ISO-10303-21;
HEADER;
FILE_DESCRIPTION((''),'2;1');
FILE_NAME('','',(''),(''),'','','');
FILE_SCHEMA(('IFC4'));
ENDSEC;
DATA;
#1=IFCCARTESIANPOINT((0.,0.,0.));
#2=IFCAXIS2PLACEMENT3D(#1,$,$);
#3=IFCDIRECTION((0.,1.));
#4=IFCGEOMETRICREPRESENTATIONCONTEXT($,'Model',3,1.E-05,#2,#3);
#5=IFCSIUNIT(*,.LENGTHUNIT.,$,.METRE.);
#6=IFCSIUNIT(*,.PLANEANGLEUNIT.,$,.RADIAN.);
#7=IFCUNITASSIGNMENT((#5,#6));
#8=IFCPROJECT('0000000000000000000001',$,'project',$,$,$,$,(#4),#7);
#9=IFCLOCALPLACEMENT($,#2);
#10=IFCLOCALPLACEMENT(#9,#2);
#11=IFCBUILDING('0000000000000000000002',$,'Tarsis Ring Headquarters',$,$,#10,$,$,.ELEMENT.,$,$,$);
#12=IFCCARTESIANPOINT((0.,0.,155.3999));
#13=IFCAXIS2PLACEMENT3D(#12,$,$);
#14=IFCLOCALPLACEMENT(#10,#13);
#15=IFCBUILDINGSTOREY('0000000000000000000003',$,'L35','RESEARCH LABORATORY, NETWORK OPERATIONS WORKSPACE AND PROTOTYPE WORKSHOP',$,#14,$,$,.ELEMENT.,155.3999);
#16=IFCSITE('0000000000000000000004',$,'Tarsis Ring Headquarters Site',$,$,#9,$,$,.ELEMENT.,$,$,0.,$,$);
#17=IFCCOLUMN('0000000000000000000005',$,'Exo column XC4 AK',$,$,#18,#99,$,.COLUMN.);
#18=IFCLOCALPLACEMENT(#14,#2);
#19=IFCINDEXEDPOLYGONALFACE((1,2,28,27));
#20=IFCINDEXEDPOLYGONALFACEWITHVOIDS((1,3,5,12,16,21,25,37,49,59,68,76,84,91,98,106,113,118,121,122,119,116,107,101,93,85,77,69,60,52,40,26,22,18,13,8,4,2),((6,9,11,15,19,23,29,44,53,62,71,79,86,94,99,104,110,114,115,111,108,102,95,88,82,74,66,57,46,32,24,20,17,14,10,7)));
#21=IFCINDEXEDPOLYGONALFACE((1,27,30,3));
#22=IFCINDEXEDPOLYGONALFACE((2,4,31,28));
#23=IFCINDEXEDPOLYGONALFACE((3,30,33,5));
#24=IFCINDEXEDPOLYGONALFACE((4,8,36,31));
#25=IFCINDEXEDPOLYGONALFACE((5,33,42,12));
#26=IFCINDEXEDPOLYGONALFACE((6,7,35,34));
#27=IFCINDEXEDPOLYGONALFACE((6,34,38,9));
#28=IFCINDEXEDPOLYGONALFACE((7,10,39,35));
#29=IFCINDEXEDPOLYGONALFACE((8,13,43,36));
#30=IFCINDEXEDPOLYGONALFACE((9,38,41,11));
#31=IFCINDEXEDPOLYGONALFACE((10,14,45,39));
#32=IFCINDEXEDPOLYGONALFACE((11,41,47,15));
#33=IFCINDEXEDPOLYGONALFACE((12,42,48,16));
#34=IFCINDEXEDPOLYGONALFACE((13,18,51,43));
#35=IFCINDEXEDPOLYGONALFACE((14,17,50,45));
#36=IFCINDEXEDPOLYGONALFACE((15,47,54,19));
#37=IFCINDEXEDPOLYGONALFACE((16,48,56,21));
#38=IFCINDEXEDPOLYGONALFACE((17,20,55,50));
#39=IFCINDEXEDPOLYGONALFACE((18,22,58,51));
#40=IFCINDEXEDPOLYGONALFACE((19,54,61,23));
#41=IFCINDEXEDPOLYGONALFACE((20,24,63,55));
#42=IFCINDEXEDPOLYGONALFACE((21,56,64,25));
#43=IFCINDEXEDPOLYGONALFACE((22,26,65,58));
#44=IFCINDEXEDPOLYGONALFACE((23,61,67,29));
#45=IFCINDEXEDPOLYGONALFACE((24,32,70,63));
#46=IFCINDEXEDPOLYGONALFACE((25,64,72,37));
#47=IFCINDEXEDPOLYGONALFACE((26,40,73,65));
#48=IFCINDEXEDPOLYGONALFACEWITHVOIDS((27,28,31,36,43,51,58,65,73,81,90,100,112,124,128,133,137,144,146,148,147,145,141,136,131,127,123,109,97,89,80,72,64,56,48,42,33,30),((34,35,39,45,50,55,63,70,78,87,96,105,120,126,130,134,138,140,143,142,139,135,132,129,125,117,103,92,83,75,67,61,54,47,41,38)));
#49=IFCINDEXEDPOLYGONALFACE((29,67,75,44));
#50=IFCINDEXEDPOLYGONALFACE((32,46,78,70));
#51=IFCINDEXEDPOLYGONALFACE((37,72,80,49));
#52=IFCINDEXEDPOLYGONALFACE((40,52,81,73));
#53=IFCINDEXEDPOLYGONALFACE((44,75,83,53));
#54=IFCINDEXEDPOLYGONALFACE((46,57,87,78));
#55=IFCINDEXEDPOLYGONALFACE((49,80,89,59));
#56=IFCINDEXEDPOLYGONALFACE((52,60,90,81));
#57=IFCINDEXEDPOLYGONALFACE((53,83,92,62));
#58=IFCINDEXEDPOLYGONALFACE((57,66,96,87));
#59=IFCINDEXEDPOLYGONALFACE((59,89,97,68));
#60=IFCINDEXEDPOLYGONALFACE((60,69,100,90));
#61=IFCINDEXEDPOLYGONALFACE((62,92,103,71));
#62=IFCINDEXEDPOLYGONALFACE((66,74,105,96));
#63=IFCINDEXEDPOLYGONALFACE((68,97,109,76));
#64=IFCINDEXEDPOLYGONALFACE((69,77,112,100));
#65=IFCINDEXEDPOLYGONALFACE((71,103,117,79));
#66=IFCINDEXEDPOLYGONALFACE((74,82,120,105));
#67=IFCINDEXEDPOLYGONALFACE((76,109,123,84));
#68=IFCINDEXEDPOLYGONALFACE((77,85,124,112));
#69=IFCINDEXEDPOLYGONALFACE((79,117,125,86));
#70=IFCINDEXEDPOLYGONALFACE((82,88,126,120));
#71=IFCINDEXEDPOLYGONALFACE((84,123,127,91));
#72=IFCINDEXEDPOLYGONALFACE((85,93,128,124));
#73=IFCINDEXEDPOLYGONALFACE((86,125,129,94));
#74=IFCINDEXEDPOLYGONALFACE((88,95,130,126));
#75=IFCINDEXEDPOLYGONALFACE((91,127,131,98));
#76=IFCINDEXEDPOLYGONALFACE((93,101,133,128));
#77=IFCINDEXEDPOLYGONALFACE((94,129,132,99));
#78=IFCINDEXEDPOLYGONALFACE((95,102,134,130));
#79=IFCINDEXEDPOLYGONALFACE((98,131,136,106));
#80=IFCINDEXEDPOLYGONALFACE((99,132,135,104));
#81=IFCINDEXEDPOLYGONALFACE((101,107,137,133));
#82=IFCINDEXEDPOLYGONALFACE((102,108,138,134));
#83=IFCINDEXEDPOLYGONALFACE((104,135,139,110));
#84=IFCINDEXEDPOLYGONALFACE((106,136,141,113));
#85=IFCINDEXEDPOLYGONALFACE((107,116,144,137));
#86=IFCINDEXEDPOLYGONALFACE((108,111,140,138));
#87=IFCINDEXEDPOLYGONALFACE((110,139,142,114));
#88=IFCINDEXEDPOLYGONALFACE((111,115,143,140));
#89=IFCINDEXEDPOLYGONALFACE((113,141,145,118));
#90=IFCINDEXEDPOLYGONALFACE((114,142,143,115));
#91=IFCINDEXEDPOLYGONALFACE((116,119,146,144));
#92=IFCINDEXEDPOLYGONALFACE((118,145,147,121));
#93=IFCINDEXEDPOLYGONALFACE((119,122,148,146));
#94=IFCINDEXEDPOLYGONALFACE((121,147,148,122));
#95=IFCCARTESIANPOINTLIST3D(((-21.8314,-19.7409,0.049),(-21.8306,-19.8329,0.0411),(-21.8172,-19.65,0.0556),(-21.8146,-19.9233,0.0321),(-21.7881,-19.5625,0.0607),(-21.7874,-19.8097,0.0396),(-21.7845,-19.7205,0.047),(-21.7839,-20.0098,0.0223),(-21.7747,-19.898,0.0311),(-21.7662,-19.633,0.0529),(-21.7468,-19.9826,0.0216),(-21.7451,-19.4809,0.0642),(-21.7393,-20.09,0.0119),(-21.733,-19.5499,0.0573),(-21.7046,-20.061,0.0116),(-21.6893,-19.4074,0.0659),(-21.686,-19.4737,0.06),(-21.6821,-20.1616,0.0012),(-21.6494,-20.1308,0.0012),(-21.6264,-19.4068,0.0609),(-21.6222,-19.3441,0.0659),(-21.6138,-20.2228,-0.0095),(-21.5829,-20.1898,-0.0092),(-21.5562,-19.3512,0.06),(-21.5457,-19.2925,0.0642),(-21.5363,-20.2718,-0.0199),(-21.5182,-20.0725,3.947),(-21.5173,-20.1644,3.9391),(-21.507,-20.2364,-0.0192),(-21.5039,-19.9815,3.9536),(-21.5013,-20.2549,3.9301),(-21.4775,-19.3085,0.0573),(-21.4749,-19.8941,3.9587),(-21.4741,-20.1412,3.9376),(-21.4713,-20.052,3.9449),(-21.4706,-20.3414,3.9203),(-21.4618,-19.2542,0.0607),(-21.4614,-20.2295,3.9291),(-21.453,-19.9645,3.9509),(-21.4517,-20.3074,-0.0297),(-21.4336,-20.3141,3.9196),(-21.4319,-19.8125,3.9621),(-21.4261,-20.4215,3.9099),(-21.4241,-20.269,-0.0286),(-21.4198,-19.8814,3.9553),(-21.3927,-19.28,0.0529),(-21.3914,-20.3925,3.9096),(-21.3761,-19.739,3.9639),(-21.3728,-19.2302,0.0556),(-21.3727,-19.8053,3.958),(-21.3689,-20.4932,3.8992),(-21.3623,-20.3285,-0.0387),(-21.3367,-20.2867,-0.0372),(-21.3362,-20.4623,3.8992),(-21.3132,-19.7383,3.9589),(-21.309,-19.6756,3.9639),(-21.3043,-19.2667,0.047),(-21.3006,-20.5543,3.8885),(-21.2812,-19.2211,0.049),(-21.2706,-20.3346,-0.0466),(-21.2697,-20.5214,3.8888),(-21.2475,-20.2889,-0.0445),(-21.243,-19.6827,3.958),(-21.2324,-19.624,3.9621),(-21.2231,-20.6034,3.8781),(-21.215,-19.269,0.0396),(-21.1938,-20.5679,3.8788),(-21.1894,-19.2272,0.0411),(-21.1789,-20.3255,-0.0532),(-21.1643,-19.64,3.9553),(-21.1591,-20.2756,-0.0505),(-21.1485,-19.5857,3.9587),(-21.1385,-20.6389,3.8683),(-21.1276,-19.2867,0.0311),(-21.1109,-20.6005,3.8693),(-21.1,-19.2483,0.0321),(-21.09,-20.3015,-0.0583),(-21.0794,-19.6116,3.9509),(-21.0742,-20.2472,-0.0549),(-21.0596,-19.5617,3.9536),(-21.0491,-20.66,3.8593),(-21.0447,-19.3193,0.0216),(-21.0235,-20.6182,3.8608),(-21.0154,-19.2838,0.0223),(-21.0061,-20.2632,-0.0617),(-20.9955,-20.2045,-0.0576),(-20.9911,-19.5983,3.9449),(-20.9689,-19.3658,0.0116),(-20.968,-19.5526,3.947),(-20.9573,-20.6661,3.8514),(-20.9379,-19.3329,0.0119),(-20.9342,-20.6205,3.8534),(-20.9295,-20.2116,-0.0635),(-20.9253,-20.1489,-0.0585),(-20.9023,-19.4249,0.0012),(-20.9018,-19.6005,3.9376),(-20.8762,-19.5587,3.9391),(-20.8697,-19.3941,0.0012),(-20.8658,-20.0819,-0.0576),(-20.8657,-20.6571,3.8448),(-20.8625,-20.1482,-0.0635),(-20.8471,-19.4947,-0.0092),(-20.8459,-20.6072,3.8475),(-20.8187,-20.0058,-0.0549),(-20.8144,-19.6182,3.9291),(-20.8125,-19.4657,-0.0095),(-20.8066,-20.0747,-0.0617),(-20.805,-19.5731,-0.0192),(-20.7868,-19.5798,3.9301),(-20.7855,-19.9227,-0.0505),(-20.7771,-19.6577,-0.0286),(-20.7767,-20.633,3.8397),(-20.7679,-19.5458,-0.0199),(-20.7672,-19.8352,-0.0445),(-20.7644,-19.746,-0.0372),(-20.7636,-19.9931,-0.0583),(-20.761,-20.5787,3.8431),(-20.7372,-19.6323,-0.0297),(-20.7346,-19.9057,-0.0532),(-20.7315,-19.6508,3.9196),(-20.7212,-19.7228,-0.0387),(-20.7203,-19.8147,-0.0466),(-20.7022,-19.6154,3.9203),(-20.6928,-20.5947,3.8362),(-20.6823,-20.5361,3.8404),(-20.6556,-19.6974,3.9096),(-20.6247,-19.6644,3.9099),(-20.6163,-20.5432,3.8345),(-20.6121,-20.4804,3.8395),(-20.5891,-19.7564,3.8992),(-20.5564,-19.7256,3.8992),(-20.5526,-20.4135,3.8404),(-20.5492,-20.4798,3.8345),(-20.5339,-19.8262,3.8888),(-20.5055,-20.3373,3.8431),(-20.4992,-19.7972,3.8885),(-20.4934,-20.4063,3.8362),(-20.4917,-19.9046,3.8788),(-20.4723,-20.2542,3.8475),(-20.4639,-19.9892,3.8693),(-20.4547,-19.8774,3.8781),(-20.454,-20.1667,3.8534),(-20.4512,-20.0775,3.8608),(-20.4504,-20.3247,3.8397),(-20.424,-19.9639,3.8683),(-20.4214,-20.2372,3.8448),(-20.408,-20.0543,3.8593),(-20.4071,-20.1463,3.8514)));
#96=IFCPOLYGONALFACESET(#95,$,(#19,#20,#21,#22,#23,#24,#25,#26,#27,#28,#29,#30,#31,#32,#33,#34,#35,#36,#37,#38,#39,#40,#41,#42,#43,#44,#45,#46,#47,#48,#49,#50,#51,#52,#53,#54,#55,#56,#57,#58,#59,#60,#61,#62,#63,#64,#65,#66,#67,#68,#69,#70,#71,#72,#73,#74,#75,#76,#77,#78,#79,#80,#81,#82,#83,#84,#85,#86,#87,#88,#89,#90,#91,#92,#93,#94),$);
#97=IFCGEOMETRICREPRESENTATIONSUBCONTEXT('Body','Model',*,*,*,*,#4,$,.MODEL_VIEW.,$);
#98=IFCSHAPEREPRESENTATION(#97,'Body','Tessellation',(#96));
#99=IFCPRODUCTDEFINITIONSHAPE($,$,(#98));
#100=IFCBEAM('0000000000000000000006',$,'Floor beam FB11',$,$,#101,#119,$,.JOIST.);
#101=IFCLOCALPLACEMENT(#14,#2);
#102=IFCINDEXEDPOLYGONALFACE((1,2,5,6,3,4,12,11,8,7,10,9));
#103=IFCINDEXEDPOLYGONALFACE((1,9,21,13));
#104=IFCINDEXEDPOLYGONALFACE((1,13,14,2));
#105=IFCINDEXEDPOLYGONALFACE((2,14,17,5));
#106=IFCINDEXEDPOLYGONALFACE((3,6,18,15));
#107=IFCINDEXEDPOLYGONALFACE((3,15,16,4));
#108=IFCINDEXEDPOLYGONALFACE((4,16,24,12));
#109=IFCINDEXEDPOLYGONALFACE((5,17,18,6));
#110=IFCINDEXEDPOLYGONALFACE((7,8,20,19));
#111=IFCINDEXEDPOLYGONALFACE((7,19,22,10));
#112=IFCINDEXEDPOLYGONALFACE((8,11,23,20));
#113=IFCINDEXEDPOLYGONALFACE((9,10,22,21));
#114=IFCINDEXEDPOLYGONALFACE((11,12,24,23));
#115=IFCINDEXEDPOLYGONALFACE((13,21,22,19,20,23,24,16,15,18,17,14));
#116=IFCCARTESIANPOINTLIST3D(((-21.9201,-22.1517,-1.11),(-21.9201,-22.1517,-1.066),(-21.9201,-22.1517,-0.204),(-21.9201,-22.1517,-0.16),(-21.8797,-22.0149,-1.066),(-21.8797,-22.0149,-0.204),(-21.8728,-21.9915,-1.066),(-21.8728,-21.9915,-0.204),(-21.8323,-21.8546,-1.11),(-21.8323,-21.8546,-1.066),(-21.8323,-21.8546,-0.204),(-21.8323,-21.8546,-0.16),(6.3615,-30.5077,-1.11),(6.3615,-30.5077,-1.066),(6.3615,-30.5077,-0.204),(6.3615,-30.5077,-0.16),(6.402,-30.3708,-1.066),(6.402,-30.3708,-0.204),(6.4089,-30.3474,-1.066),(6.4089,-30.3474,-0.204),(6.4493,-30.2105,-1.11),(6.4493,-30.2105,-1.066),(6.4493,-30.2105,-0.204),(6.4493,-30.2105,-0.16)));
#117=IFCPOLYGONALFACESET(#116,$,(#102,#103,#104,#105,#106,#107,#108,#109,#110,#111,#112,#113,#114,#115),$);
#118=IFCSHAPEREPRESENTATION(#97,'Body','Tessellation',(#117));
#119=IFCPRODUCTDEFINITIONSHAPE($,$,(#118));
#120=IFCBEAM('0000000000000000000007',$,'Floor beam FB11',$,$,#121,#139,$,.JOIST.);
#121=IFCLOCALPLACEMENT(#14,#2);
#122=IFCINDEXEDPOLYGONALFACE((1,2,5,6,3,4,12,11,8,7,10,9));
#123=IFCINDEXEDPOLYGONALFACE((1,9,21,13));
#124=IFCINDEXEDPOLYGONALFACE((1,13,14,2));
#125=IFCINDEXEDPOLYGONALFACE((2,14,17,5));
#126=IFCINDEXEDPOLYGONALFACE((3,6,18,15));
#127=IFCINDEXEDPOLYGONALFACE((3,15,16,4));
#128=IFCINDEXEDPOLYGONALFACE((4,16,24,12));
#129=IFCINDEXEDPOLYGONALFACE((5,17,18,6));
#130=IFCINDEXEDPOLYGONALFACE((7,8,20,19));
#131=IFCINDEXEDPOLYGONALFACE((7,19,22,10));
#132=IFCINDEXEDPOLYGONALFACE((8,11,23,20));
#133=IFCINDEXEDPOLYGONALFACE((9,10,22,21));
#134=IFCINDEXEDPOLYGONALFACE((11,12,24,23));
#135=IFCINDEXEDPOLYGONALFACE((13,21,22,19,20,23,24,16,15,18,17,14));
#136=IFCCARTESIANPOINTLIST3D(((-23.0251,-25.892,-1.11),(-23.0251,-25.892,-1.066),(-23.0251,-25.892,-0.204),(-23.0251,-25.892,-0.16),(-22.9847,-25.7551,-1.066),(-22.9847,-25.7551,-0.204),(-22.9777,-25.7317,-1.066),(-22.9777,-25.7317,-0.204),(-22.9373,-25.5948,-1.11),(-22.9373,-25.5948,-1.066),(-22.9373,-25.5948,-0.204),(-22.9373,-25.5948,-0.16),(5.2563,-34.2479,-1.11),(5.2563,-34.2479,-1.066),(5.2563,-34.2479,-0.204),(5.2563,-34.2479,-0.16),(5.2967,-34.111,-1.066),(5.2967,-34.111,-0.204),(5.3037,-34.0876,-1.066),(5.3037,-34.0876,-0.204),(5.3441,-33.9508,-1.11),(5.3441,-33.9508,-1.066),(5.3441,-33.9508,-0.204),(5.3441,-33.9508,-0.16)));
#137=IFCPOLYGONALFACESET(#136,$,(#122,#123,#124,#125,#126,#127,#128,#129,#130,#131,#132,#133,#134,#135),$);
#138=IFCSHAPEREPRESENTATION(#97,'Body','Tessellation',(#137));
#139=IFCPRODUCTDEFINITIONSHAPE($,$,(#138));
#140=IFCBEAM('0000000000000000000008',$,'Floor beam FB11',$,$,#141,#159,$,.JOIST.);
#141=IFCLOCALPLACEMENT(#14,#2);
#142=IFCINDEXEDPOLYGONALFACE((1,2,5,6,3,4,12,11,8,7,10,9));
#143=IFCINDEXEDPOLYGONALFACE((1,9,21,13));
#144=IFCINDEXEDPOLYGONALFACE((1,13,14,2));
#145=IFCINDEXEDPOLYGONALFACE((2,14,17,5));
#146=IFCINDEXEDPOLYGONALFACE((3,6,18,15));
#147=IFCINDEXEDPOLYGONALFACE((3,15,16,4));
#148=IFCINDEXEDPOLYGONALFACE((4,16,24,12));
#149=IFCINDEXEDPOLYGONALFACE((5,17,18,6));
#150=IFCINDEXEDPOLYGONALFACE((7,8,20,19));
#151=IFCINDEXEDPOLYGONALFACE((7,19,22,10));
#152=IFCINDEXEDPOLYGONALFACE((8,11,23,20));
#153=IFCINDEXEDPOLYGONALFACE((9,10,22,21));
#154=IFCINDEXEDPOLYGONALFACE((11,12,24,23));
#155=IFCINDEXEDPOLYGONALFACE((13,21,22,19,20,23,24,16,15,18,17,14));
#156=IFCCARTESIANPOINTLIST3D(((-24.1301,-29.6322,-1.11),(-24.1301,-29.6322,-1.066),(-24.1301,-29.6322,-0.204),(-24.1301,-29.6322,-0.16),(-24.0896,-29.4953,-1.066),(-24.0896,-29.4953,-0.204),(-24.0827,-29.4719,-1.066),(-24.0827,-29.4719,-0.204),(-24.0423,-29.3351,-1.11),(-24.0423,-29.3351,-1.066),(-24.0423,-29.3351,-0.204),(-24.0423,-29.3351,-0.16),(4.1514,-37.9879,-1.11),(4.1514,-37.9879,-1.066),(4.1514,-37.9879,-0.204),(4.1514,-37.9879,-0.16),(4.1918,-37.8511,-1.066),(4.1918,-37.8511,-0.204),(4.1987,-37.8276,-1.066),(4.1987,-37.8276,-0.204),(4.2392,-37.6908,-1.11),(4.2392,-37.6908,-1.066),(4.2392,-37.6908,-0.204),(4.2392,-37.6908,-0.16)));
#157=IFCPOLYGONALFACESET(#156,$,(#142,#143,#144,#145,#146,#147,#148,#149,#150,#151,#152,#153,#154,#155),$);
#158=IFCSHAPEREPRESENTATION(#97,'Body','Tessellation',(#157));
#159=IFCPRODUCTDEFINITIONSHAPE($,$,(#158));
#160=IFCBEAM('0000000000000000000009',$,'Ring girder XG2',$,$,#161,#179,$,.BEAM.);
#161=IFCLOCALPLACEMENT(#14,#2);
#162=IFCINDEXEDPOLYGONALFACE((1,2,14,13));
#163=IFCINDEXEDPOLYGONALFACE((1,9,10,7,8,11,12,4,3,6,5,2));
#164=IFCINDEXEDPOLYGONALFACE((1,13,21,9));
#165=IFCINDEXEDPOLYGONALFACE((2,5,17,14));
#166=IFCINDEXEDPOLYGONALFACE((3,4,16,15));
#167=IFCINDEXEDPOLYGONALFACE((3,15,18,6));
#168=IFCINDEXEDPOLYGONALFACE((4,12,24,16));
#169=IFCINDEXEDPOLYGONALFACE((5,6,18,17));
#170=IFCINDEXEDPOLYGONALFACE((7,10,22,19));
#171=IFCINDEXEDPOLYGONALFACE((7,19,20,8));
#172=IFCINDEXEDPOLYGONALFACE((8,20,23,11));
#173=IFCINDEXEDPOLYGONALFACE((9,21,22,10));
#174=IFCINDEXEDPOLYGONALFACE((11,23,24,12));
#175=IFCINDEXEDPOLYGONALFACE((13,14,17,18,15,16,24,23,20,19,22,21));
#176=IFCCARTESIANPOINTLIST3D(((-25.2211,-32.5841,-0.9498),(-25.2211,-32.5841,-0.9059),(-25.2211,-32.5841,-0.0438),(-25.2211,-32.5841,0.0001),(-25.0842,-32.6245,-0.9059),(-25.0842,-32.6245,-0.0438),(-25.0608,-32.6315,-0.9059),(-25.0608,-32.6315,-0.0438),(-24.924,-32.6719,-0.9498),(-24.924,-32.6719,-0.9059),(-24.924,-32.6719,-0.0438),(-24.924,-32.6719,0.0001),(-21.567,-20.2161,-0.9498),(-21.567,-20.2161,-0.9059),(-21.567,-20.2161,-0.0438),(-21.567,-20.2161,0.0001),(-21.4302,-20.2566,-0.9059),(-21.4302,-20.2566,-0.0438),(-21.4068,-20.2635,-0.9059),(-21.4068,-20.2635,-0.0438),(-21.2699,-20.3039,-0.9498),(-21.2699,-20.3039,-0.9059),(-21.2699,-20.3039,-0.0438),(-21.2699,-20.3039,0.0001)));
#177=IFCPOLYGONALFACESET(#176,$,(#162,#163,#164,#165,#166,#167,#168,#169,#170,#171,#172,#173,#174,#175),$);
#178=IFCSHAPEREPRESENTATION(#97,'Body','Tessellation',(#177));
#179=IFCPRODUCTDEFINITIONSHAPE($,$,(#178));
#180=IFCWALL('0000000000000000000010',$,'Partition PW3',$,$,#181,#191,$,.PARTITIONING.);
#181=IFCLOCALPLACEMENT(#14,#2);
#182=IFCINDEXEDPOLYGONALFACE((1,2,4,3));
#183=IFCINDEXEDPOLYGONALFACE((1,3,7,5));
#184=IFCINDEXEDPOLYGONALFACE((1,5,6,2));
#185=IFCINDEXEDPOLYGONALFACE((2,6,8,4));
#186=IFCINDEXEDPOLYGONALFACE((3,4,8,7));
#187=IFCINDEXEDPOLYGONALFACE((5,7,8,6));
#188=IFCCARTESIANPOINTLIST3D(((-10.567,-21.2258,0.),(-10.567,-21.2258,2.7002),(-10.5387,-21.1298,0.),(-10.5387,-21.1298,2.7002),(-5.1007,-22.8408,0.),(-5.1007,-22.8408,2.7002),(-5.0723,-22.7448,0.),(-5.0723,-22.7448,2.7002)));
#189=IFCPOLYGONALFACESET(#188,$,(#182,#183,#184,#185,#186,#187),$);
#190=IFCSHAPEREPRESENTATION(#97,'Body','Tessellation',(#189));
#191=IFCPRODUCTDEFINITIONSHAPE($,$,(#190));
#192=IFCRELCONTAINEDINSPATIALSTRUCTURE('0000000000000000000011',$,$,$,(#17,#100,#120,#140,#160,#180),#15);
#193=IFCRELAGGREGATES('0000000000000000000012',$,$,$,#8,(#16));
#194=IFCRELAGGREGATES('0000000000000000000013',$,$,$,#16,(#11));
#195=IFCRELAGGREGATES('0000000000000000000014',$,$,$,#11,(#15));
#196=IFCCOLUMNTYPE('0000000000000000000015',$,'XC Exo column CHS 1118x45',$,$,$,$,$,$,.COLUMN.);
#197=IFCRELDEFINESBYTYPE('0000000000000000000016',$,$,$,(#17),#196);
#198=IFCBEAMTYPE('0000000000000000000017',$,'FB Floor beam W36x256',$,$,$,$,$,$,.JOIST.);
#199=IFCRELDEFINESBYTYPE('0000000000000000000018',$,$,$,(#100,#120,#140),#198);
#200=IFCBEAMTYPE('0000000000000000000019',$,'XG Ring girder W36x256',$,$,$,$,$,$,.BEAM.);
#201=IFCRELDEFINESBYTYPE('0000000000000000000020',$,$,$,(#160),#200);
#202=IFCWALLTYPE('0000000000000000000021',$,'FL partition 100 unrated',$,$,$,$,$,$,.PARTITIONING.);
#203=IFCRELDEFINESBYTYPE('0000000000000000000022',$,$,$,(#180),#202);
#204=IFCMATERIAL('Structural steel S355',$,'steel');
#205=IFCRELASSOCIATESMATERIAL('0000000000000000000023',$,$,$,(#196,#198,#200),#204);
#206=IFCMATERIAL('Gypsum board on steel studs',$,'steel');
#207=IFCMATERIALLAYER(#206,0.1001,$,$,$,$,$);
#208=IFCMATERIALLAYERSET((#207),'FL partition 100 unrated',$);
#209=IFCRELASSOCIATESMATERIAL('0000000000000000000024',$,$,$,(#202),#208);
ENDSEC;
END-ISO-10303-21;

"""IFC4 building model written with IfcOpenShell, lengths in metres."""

from ifc_helpers import new_model, si_unit, direction, frame, frame_2d, origin, origin_2d, place, context, subcontext, project, spatial, rectangle, hollow_circle, i_section, extrude, material, layer, layer_set, material_profile, profile_set, type_object, element, save


model = new_model("IFC4")

# Units and contexts
model_context = context("Model", 3, precision=1e-05, world=origin(), true_north=direction((0.0, 1.0)))
body_context = subcontext(model_context, "Body", "Model", "MODEL_VIEW")
ifc_project = project(units=[si_unit("LENGTHUNIT", "METRE"), si_unit("PLANEANGLEUNIT", "RADIAN")], contexts=[model_context])

# Site, building, storey
site_placement = place(None, origin())
site = spatial("IfcSite", under=ifc_project, at=site_placement, Name="Tarsis Ring Headquarters Site", CompositionType="ELEMENT", RefElevation=0.0)
building_placement = place(site_placement, origin())
building = spatial("IfcBuilding", under=site, at=building_placement, Name="Tarsis Ring Headquarters", CompositionType="ELEMENT")
storey_placement = place(building_placement, frame((0.0, 0.0, 155.3999)))
storey = spatial("IfcBuildingStorey", under=building, at=storey_placement, Name="L35", Description="RESEARCH LABORATORY, NETWORK OPERATIONS WORKSPACE AND PROTOTYPE WORKSHOP", CompositionType="ELEMENT", Elevation=155.3999)

# Column
ifc_material_1 = material(Name="Structural steel S355", Category="steel")
ifc_material_profile_1 = material_profile(ifc_material_1, hollow_circle(Radius=0.5588, WallThickness=0.0449, at=origin_2d()), Name="CHS 1118x45")
ifc_profile_set_1 = profile_set([ifc_material_profile_1], Name="Structural steel S355")
column_type = type_object("IfcColumnType", Name="XC Exo column CHS 1118x45", PredefinedType="COLUMN", material=ifc_profile_set_1)
column_placement = place(storey_placement, frame((-21.2759, -19.7778, 0.0012), z_axis=(0.079814, -0.084479, 0.993224), x_axis=(0.726894, 0.686749, 0.0)))
element("IfcColumn", 1, at=column_placement, inside=storey, type_object=column_type, Name="Exo column XC4 AK", PredefinedType="COLUMN", context=body_context, shape_type="SweptSolid", body=[
    extrude(hollow_circle(Radius=0.5588, WallThickness=0.0449, at=origin_2d()), origin(), (0.0, 0.0, 1.0), 3.9246),
])

# Beams
ifc_material_profile_2 = material_profile(ifc_material_1, i_section(OverallWidth=0.3098, OverallDepth=0.95, WebThickness=0.0244, FlangeThickness=0.0439, at=origin_2d()), Name="W36x256")
ifc_profile_set_2 = profile_set([ifc_material_profile_2], Name="Structural steel S355")
beam_type_1 = type_object("IfcBeamType", Name="FB Floor beam W36x256", PredefinedType="JOIST", material=ifc_profile_set_2)
beam_1_placement = place(storey_placement, frame((-21.8762, -22.0032, -0.635), z_axis=(0.959018, -0.283346, 0.0), x_axis=(0.283346, 0.959018, 0.0)))
element("IfcBeam", 2, at=beam_1_placement, inside=storey, type_object=beam_type_1, Name="Floor beam FB11", PredefinedType="JOIST", context=body_context, shape_type="SweptSolid", body=[
    extrude(i_section(OverallWidth=0.3098, OverallDepth=0.95, WebThickness=0.0244, FlangeThickness=0.0439, at=origin_2d()), origin(), (0.0, 0.0, 1.0), 29.4902),
])
for number, where, z_axis, x_axis, name in (
    (3, (-22.9812, -25.7434, -0.635), (0.959017, -0.283348, 0.0), (0.283348, 0.959017, 0.0), "Floor beam FB11"),
    (4, (-24.0862, -29.4836, -0.635), (0.959019, -0.28334, 0.0), (0.28334, 0.959019, 0.0), "Floor beam FB11"),
):
    element("IfcBeam", number, at=place(storey_placement, frame(where, z_axis=z_axis, x_axis=x_axis)), inside=storey, type_object=beam_type_1, Name=name, PredefinedType="JOIST", context=body_context, shape_type="SweptSolid", body=[
        extrude(i_section(OverallWidth=0.3098, OverallDepth=0.95, WebThickness=0.0244, FlangeThickness=0.0439, at=origin_2d()), origin(), (0.0, 0.0, 1.0), 29.49),
    ])
beam_type_2 = type_object("IfcBeamType", Name="XG Ring girder W36x256", PredefinedType="BEAM", material=ifc_profile_set_2)
beam_2_placement = place(storey_placement, frame((-21.4185, -20.26, -0.4749), z_axis=(-0.283339, -0.95902, 0.0), x_axis=(0.95902, -0.283339, 0.0)))
element("IfcBeam", 5, at=beam_2_placement, inside=storey, type_object=beam_type_2, Name="Ring girder XG2", PredefinedType="BEAM", context=body_context, shape_type="SweptSolid", body=[
    extrude(i_section(OverallWidth=0.3098, OverallDepth=0.95, WebThickness=0.0244, FlangeThickness=0.0439, at=origin_2d()), origin(), (0.0, 0.0, 1.0), 12.8965),
])

# Wall
ifc_material_2 = material(Name="Gypsum board on steel studs", Category="steel")
ifc_layer_1 = layer(ifc_material_2, 0.1001)
ifc_layer_set_1 = layer_set([ifc_layer_1], Name="FL partition 100 unrated")
wall_type_1 = type_object("IfcWallType", Name="FL partition 100 unrated", PredefinedType="PARTITIONING", material=ifc_layer_set_1)
wall_1_placement = place(storey_placement, frame((-10.553, -21.1777, 0.0), z_axis=(0.0, 0.0, 1.0), x_axis=(0.95902, -0.283337, 0.0)))
element("IfcWall", 6, at=wall_1_placement, inside=storey, type_object=wall_type_1, Name="Partition PW3", PredefinedType="PARTITIONING", context=body_context, shape_type="SweptSolid", body=[
    extrude(rectangle(XDim=5.7, YDim=0.1001, at=frame_2d((2.8501, 0.0))), origin(), (0.0, 0.0, 1.0), 2.7002),
])

save(model, "model.ifc")
